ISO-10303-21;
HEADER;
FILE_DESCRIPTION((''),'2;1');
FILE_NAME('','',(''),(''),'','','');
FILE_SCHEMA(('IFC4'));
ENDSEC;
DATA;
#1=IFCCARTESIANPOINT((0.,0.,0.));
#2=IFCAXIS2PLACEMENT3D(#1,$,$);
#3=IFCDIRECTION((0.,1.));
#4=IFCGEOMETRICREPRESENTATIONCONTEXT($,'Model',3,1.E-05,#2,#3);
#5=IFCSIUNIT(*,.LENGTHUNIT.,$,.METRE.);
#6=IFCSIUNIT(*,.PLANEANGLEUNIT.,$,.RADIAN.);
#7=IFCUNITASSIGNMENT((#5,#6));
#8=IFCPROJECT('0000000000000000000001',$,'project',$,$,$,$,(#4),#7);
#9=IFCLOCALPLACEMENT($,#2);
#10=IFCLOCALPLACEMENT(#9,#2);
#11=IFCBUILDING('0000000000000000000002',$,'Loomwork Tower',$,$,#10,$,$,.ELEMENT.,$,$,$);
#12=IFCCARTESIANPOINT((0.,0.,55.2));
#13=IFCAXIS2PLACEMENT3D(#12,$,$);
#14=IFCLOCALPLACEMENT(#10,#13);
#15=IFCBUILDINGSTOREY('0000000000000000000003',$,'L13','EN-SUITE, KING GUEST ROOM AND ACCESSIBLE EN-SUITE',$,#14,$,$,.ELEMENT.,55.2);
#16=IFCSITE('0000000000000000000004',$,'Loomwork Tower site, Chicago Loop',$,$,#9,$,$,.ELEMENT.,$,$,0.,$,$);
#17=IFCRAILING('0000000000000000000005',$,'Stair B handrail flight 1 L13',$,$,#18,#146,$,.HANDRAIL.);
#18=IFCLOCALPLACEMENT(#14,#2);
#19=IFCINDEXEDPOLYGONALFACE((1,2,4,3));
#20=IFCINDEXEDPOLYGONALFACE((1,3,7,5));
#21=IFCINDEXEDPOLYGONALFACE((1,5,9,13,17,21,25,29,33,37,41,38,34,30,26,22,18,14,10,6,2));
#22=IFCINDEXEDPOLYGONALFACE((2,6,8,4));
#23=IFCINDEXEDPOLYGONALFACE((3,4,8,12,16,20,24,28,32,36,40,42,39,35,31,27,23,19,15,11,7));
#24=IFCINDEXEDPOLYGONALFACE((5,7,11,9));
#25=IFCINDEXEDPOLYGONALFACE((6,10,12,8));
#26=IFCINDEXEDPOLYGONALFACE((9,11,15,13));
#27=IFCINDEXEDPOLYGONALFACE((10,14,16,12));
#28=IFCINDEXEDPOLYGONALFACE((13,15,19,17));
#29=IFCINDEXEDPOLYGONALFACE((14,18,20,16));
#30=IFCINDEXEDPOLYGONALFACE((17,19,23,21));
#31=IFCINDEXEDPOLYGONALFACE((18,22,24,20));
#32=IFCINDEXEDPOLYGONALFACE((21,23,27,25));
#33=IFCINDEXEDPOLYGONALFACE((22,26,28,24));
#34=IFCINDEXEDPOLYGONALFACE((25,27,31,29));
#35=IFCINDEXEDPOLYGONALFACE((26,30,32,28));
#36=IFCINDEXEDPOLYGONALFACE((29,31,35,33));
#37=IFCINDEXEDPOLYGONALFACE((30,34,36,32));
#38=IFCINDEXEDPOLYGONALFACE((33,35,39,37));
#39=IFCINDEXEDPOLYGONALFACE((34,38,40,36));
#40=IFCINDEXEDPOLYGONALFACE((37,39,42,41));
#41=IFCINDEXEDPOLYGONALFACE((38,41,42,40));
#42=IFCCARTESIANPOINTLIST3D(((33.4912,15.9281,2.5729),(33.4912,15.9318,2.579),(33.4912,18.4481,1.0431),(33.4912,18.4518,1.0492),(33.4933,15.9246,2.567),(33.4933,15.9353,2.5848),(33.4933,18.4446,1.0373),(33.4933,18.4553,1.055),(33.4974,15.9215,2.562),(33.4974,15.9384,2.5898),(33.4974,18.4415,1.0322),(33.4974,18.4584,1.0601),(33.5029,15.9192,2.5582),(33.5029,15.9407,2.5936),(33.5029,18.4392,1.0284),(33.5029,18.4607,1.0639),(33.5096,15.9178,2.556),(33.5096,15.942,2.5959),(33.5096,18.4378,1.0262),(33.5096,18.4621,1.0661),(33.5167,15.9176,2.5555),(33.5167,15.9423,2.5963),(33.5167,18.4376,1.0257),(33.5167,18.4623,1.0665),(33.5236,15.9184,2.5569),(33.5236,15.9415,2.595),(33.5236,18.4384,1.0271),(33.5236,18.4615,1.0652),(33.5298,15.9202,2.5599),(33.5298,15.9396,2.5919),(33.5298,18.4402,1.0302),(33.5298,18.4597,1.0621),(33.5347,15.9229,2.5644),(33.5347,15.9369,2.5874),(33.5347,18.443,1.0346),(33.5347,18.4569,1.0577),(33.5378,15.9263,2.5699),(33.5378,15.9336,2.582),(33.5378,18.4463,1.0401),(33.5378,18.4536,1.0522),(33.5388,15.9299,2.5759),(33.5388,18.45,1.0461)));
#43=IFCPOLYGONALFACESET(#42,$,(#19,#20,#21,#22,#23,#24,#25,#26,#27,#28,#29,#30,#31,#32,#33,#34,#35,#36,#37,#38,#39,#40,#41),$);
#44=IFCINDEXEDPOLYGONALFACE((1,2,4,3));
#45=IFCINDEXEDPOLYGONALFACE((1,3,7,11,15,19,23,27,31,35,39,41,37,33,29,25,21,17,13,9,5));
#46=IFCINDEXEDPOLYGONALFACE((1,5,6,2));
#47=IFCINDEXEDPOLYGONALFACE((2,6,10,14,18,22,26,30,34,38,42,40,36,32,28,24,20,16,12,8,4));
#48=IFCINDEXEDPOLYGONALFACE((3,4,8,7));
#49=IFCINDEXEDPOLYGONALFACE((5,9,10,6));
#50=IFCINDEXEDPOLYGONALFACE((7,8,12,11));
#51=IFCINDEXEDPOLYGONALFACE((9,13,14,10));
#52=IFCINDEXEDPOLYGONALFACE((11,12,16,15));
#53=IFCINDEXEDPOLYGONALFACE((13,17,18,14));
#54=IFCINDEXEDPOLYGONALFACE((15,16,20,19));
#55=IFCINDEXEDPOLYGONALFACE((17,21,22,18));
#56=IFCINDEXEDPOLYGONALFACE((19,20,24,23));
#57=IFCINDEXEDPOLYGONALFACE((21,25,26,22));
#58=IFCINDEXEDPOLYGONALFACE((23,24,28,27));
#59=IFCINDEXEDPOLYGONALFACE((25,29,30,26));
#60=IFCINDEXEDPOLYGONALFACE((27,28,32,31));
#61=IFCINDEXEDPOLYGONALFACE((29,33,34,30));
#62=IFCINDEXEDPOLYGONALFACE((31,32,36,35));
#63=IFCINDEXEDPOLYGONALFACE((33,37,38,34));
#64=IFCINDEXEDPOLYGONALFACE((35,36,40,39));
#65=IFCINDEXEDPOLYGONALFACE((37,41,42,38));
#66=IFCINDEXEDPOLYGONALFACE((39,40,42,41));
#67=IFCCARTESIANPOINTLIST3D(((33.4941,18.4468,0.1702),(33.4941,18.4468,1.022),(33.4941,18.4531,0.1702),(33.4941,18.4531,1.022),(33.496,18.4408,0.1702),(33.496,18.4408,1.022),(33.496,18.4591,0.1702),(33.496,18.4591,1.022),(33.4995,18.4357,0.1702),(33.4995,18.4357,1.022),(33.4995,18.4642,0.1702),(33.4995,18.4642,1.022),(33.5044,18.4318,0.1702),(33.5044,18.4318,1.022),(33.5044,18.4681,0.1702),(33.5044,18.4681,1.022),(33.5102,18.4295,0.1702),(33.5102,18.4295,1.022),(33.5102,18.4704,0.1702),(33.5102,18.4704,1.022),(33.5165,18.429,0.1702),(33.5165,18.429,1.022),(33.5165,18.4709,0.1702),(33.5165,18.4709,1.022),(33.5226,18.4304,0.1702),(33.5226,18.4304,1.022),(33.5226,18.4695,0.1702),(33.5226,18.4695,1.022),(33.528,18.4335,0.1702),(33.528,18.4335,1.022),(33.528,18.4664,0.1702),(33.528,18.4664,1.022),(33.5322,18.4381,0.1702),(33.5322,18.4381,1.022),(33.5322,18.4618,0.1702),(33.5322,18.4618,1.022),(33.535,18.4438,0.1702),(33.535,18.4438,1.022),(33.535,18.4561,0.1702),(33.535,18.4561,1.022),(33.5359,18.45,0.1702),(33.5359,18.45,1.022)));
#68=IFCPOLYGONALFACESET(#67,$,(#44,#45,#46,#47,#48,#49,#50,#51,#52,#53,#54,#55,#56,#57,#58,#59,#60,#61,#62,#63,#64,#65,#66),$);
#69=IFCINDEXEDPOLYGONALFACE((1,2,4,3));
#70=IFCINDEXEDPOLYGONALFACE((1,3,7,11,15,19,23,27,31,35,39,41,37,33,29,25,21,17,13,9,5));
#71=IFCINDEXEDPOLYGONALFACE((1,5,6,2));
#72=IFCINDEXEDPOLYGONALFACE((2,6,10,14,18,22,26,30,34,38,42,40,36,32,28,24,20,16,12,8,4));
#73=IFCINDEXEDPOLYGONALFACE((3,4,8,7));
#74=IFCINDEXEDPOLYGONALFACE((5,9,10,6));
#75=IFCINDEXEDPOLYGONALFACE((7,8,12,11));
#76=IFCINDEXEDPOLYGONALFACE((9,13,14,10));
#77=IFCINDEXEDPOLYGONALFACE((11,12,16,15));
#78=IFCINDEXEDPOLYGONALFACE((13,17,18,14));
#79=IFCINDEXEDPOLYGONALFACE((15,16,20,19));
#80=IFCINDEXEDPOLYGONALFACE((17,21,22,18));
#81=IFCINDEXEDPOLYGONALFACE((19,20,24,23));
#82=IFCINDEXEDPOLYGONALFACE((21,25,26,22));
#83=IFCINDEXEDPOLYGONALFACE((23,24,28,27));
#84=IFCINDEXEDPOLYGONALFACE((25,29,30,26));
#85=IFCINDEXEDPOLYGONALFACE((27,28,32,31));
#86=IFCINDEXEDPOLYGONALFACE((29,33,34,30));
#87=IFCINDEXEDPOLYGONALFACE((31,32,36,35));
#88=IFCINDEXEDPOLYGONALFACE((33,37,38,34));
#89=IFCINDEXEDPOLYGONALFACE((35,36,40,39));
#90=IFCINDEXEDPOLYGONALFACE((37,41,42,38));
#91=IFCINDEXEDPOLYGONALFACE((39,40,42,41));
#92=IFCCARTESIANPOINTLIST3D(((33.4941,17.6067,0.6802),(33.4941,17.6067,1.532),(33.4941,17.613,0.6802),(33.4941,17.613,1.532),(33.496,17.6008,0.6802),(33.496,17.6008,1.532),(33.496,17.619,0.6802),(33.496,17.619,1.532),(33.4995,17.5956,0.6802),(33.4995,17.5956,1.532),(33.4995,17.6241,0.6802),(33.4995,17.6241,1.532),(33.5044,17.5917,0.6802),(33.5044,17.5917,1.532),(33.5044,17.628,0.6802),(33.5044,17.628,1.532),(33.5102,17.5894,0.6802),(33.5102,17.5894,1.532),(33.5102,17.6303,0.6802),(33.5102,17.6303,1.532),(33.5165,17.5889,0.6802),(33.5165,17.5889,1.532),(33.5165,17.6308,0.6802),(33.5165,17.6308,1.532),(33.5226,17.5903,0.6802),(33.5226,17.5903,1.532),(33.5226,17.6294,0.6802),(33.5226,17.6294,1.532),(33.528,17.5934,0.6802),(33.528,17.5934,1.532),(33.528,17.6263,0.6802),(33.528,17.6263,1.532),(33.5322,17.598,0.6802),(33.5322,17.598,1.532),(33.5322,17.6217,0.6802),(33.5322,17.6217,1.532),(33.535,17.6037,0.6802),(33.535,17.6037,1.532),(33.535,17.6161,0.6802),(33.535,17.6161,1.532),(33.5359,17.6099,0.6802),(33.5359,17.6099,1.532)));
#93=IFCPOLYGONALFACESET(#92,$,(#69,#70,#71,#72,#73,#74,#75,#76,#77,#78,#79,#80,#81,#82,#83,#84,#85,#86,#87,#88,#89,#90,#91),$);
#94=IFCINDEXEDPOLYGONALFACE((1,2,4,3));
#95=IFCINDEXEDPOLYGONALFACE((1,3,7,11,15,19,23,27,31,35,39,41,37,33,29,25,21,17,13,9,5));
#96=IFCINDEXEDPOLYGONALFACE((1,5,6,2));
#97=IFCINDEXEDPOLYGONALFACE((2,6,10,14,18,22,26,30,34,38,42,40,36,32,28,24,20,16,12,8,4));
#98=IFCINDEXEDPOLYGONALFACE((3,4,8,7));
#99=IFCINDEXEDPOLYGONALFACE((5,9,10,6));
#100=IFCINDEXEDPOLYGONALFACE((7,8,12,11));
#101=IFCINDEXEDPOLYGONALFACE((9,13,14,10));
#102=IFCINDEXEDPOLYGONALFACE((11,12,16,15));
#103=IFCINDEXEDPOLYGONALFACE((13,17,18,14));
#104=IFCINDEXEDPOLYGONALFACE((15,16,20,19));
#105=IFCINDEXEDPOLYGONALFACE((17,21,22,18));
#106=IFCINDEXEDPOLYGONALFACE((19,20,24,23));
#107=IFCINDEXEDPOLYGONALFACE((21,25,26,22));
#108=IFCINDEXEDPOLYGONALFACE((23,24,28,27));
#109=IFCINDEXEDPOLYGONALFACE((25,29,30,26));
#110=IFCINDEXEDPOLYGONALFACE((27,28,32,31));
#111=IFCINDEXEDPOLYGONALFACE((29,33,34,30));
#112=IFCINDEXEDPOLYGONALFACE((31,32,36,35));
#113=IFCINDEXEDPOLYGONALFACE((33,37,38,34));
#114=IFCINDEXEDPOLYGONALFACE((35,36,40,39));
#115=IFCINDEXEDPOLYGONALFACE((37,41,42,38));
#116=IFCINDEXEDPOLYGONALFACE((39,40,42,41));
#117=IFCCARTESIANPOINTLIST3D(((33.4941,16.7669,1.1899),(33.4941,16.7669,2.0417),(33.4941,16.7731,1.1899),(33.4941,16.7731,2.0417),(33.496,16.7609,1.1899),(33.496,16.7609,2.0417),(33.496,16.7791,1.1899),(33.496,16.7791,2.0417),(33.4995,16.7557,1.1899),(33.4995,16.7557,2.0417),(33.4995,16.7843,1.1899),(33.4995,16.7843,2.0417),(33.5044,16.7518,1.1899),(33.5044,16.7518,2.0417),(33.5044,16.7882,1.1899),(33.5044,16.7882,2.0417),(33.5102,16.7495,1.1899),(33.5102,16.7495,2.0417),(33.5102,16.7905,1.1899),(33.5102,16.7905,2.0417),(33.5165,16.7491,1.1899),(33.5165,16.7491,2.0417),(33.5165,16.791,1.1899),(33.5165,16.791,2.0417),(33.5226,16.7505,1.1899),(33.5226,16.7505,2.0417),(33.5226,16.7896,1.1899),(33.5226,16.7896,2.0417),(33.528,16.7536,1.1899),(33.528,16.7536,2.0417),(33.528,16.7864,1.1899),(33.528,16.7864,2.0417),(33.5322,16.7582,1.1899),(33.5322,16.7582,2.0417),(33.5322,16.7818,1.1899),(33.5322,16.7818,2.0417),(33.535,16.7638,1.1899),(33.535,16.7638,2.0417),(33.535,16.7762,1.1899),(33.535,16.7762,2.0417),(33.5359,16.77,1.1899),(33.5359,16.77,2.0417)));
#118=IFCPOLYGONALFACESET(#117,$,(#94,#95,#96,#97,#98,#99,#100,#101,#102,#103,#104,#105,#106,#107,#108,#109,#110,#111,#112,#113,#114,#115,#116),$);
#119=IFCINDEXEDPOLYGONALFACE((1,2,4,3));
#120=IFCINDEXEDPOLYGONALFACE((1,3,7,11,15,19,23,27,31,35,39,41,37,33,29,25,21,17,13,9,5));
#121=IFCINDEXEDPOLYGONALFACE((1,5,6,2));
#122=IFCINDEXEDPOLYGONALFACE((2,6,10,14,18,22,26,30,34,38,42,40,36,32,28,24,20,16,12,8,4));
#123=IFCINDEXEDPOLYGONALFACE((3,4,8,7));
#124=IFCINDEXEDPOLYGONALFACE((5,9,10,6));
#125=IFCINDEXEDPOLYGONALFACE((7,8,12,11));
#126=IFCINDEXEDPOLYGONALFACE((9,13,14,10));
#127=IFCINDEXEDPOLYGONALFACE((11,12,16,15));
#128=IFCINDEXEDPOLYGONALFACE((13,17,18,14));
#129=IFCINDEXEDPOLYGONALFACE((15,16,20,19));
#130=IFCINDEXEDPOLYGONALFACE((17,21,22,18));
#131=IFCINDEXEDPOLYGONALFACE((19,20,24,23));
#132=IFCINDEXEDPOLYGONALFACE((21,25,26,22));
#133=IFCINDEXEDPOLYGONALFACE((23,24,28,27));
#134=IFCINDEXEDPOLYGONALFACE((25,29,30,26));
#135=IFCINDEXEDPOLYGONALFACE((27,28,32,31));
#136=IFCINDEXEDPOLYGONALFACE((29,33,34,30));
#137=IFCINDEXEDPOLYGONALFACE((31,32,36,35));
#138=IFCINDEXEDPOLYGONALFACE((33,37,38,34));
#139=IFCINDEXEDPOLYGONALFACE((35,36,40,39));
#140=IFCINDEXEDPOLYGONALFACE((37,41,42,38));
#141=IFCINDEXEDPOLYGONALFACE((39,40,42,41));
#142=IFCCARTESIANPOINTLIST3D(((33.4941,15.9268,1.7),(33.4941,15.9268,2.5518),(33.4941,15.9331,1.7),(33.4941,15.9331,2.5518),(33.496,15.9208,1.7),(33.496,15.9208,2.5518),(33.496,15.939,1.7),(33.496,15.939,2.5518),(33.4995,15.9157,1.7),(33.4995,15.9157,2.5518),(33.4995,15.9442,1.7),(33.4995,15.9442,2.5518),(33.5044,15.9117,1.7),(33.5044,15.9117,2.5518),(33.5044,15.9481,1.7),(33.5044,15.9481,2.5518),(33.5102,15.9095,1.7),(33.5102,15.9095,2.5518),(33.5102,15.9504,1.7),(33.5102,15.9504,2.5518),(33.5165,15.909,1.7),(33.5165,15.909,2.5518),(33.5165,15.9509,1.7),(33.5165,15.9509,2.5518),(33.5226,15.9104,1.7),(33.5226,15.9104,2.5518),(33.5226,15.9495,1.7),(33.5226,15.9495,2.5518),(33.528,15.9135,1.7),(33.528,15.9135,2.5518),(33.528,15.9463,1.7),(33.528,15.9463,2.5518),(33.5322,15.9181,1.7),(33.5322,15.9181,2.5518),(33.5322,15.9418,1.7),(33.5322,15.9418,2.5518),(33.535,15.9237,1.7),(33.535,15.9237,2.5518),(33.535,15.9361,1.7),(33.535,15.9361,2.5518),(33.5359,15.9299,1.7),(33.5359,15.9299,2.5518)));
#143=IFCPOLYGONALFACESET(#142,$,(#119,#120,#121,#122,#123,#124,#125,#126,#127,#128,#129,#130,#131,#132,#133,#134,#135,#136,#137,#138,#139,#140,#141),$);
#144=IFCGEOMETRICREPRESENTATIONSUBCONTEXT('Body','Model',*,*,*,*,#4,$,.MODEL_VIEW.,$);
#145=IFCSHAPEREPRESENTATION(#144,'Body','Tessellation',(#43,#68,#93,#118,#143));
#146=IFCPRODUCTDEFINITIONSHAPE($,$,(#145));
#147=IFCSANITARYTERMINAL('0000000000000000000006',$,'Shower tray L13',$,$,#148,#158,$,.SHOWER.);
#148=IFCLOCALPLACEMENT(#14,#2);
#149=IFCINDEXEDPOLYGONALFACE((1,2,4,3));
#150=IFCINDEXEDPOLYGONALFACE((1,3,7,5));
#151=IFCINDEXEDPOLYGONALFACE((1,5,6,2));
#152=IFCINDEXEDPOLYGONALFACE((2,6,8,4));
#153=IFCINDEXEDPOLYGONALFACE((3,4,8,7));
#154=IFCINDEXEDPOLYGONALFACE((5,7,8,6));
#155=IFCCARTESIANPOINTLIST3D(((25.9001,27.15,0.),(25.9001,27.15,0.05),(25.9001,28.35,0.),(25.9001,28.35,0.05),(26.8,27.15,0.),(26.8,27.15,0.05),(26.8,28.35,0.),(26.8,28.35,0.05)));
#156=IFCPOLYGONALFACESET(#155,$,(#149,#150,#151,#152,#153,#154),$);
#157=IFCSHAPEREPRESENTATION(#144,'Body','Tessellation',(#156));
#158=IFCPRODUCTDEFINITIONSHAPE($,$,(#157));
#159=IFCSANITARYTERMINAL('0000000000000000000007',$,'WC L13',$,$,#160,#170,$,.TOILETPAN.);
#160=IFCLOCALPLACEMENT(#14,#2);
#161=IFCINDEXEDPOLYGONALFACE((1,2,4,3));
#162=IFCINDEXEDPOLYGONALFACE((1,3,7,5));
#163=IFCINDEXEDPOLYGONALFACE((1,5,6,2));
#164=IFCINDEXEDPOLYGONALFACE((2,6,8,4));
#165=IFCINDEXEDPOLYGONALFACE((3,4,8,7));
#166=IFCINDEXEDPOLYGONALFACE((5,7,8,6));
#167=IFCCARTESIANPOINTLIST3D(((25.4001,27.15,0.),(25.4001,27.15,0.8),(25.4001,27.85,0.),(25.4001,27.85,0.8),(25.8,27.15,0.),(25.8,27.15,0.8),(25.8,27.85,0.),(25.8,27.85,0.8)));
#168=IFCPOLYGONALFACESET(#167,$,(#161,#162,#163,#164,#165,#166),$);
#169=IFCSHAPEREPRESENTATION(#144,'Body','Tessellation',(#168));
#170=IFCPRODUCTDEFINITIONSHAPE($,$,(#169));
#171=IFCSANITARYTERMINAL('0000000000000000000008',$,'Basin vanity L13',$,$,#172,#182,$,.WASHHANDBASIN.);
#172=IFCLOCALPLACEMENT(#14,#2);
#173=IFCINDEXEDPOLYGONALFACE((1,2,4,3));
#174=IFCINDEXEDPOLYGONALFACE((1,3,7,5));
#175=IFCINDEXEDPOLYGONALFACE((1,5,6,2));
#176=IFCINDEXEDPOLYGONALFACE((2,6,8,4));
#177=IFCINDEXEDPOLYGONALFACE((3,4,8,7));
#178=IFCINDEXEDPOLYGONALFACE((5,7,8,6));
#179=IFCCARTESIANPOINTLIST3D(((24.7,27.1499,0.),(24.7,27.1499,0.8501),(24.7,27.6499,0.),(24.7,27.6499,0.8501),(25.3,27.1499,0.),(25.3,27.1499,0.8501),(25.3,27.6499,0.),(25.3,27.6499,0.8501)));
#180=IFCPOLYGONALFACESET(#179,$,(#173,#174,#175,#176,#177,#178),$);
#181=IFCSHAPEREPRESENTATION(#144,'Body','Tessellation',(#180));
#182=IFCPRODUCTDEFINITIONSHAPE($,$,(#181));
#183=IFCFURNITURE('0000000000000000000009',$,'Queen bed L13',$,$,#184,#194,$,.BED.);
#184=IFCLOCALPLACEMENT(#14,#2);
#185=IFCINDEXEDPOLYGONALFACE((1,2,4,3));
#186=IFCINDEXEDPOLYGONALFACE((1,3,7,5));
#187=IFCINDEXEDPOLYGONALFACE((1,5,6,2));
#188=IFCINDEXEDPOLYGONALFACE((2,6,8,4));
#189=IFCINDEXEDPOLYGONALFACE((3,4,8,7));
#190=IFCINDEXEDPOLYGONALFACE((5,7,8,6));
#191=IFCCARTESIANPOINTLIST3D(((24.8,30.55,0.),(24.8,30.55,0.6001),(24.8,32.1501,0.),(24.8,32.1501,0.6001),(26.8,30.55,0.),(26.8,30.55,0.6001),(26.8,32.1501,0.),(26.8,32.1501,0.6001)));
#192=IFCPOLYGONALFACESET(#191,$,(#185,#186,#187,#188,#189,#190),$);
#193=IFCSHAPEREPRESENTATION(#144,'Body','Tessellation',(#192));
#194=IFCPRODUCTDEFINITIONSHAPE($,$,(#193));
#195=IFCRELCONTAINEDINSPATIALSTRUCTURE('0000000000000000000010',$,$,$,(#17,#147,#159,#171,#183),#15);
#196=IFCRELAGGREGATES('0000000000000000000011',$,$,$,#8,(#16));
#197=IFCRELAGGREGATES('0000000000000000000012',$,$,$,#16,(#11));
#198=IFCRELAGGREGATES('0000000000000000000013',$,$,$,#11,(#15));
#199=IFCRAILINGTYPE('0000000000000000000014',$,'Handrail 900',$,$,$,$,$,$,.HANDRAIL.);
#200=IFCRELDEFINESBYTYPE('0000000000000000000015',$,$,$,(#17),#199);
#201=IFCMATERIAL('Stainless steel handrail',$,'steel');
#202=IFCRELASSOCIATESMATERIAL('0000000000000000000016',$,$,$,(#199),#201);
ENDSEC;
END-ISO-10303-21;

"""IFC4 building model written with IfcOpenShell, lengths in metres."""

from ifc_helpers import new_model, si_unit, direction, frame, origin, origin_2d, place, context, subcontext, project, spatial, rectangle, circle, extrude, material, type_object, element, save


model = new_model("IFC4")

# Units and contexts
model_context = context("Model", 3, precision=1e-05, world=origin(), true_north=direction((0.0, 1.0)))
body_context = subcontext(model_context, "Body", "Model", "MODEL_VIEW")
ifc_project = project(units=[si_unit("LENGTHUNIT", "METRE"), si_unit("PLANEANGLEUNIT", "RADIAN")], contexts=[model_context])

# Site, building, storey
site_placement = place(None, origin())
site = spatial("IfcSite", under=ifc_project, at=site_placement, Name="Loomwork Tower site, Chicago Loop", CompositionType="ELEMENT", RefElevation=0.0)
building_placement = place(site_placement, origin())
building = spatial("IfcBuilding", under=site, at=building_placement, Name="Loomwork Tower", CompositionType="ELEMENT")
storey_placement = place(building_placement, frame((0.0, 0.0, 55.2)))
storey = spatial("IfcBuildingStorey", under=building, at=storey_placement, Name="L13", Description="EN-SUITE, KING GUEST ROOM AND ACCESSIBLE EN-SUITE", CompositionType="ELEMENT", Elevation=55.2)

# Railing
ifc_material_1 = material(Name="Stainless steel handrail", Category="steel")
railing_type = type_object("IfcRailingType", Name="Handrail 900", PredefinedType="HANDRAIL", material=ifc_material_1)
railing_placement = place(storey_placement, frame((33.5149, 18.45, 0.1702)))
element("IfcRailing", 1, at=railing_placement, inside=storey, type_object=railing_type, Name="Stair B handrail flight 1 L13", PredefinedType="HANDRAIL", context=body_context, shape_type="SweptSolid", body=[
    extrude(circle(Radius=0.0239, at=origin_2d()), frame((0.0, 0.0, 0.876), z_axis=(0.0, -0.854822, 0.518922), x_axis=(1.0, 0.0, 0.0)), (0.0, 0.0, 1.0), 2.948),
    extrude(circle(Radius=0.021, at=origin_2d()), origin(), (0.0, 0.0, 1.0), 0.8518),
    extrude(circle(Radius=0.021, at=origin_2d()), frame((0.0, -0.8401, 0.51)), (0.0, 0.0, 1.0), 0.8518),
    extrude(circle(Radius=0.021, at=origin_2d()), frame((0.0, -1.6799, 1.0198)), (0.0, 0.0, 1.0), 0.8518),
    extrude(circle(Radius=0.021, at=origin_2d()), frame((0.0, -2.52, 1.5298)), (0.0, 0.0, 1.0), 0.8518),
])

# Sanitary terminals
sanitary_terminal_1_placement = place(storey_placement, frame((26.3501, 27.75, 0.0), z_axis=(0.0, 0.0, 1.0), x_axis=(1.0, 0.0, 0.0)))
element("IfcSanitaryTerminal", 2, at=sanitary_terminal_1_placement, inside=storey, Name="Shower tray L13", PredefinedType="SHOWER", context=body_context, shape_type="SweptSolid", body=[
    extrude(rectangle(XDim=0.8999, YDim=1.2, at=origin_2d()), origin(), (0.0, 0.0, 1.0), 0.05),
])
sanitary_terminal_2_placement = place(storey_placement, frame((25.6001, 27.5, 0.0), z_axis=(0.0, 0.0, 1.0), x_axis=(1.0, 0.0, 0.0)))
element("IfcSanitaryTerminal", 3, at=sanitary_terminal_2_placement, inside=storey, Name="WC L13", PredefinedType="TOILETPAN", context=body_context, shape_type="SweptSolid", body=[
    extrude(rectangle(XDim=0.3999, YDim=0.7, at=origin_2d()), origin(), (0.0, 0.0, 1.0), 0.8),
])
sanitary_terminal_3_placement = place(storey_placement, frame((25.0, 27.3999, 0.0), z_axis=(0.0, 0.0, 1.0), x_axis=(1.0, 0.0, 0.0)))
element("IfcSanitaryTerminal", 4, at=sanitary_terminal_3_placement, inside=storey, Name="Basin vanity L13", PredefinedType="WASHHANDBASIN", context=body_context, shape_type="SweptSolid", body=[
    extrude(rectangle(XDim=0.6001, YDim=0.5, at=origin_2d()), origin(), (0.0, 0.0, 1.0), 0.8501),
])

# Furniture
furniture_placement = place(storey_placement, frame((25.8, 31.3501, 0.0), z_axis=(0.0, 0.0, 1.0), x_axis=(1.0, 0.0, 0.0)))
element("IfcFurniture", 5, at=furniture_placement, inside=storey, Name="Queen bed L13", PredefinedType="BED", context=body_context, shape_type="SweptSolid", body=[
    extrude(rectangle(XDim=2.0, YDim=1.6001, at=origin_2d()), origin(), (0.0, 0.0, 1.0), 0.6001),
])

save(model, "model.ifc")
